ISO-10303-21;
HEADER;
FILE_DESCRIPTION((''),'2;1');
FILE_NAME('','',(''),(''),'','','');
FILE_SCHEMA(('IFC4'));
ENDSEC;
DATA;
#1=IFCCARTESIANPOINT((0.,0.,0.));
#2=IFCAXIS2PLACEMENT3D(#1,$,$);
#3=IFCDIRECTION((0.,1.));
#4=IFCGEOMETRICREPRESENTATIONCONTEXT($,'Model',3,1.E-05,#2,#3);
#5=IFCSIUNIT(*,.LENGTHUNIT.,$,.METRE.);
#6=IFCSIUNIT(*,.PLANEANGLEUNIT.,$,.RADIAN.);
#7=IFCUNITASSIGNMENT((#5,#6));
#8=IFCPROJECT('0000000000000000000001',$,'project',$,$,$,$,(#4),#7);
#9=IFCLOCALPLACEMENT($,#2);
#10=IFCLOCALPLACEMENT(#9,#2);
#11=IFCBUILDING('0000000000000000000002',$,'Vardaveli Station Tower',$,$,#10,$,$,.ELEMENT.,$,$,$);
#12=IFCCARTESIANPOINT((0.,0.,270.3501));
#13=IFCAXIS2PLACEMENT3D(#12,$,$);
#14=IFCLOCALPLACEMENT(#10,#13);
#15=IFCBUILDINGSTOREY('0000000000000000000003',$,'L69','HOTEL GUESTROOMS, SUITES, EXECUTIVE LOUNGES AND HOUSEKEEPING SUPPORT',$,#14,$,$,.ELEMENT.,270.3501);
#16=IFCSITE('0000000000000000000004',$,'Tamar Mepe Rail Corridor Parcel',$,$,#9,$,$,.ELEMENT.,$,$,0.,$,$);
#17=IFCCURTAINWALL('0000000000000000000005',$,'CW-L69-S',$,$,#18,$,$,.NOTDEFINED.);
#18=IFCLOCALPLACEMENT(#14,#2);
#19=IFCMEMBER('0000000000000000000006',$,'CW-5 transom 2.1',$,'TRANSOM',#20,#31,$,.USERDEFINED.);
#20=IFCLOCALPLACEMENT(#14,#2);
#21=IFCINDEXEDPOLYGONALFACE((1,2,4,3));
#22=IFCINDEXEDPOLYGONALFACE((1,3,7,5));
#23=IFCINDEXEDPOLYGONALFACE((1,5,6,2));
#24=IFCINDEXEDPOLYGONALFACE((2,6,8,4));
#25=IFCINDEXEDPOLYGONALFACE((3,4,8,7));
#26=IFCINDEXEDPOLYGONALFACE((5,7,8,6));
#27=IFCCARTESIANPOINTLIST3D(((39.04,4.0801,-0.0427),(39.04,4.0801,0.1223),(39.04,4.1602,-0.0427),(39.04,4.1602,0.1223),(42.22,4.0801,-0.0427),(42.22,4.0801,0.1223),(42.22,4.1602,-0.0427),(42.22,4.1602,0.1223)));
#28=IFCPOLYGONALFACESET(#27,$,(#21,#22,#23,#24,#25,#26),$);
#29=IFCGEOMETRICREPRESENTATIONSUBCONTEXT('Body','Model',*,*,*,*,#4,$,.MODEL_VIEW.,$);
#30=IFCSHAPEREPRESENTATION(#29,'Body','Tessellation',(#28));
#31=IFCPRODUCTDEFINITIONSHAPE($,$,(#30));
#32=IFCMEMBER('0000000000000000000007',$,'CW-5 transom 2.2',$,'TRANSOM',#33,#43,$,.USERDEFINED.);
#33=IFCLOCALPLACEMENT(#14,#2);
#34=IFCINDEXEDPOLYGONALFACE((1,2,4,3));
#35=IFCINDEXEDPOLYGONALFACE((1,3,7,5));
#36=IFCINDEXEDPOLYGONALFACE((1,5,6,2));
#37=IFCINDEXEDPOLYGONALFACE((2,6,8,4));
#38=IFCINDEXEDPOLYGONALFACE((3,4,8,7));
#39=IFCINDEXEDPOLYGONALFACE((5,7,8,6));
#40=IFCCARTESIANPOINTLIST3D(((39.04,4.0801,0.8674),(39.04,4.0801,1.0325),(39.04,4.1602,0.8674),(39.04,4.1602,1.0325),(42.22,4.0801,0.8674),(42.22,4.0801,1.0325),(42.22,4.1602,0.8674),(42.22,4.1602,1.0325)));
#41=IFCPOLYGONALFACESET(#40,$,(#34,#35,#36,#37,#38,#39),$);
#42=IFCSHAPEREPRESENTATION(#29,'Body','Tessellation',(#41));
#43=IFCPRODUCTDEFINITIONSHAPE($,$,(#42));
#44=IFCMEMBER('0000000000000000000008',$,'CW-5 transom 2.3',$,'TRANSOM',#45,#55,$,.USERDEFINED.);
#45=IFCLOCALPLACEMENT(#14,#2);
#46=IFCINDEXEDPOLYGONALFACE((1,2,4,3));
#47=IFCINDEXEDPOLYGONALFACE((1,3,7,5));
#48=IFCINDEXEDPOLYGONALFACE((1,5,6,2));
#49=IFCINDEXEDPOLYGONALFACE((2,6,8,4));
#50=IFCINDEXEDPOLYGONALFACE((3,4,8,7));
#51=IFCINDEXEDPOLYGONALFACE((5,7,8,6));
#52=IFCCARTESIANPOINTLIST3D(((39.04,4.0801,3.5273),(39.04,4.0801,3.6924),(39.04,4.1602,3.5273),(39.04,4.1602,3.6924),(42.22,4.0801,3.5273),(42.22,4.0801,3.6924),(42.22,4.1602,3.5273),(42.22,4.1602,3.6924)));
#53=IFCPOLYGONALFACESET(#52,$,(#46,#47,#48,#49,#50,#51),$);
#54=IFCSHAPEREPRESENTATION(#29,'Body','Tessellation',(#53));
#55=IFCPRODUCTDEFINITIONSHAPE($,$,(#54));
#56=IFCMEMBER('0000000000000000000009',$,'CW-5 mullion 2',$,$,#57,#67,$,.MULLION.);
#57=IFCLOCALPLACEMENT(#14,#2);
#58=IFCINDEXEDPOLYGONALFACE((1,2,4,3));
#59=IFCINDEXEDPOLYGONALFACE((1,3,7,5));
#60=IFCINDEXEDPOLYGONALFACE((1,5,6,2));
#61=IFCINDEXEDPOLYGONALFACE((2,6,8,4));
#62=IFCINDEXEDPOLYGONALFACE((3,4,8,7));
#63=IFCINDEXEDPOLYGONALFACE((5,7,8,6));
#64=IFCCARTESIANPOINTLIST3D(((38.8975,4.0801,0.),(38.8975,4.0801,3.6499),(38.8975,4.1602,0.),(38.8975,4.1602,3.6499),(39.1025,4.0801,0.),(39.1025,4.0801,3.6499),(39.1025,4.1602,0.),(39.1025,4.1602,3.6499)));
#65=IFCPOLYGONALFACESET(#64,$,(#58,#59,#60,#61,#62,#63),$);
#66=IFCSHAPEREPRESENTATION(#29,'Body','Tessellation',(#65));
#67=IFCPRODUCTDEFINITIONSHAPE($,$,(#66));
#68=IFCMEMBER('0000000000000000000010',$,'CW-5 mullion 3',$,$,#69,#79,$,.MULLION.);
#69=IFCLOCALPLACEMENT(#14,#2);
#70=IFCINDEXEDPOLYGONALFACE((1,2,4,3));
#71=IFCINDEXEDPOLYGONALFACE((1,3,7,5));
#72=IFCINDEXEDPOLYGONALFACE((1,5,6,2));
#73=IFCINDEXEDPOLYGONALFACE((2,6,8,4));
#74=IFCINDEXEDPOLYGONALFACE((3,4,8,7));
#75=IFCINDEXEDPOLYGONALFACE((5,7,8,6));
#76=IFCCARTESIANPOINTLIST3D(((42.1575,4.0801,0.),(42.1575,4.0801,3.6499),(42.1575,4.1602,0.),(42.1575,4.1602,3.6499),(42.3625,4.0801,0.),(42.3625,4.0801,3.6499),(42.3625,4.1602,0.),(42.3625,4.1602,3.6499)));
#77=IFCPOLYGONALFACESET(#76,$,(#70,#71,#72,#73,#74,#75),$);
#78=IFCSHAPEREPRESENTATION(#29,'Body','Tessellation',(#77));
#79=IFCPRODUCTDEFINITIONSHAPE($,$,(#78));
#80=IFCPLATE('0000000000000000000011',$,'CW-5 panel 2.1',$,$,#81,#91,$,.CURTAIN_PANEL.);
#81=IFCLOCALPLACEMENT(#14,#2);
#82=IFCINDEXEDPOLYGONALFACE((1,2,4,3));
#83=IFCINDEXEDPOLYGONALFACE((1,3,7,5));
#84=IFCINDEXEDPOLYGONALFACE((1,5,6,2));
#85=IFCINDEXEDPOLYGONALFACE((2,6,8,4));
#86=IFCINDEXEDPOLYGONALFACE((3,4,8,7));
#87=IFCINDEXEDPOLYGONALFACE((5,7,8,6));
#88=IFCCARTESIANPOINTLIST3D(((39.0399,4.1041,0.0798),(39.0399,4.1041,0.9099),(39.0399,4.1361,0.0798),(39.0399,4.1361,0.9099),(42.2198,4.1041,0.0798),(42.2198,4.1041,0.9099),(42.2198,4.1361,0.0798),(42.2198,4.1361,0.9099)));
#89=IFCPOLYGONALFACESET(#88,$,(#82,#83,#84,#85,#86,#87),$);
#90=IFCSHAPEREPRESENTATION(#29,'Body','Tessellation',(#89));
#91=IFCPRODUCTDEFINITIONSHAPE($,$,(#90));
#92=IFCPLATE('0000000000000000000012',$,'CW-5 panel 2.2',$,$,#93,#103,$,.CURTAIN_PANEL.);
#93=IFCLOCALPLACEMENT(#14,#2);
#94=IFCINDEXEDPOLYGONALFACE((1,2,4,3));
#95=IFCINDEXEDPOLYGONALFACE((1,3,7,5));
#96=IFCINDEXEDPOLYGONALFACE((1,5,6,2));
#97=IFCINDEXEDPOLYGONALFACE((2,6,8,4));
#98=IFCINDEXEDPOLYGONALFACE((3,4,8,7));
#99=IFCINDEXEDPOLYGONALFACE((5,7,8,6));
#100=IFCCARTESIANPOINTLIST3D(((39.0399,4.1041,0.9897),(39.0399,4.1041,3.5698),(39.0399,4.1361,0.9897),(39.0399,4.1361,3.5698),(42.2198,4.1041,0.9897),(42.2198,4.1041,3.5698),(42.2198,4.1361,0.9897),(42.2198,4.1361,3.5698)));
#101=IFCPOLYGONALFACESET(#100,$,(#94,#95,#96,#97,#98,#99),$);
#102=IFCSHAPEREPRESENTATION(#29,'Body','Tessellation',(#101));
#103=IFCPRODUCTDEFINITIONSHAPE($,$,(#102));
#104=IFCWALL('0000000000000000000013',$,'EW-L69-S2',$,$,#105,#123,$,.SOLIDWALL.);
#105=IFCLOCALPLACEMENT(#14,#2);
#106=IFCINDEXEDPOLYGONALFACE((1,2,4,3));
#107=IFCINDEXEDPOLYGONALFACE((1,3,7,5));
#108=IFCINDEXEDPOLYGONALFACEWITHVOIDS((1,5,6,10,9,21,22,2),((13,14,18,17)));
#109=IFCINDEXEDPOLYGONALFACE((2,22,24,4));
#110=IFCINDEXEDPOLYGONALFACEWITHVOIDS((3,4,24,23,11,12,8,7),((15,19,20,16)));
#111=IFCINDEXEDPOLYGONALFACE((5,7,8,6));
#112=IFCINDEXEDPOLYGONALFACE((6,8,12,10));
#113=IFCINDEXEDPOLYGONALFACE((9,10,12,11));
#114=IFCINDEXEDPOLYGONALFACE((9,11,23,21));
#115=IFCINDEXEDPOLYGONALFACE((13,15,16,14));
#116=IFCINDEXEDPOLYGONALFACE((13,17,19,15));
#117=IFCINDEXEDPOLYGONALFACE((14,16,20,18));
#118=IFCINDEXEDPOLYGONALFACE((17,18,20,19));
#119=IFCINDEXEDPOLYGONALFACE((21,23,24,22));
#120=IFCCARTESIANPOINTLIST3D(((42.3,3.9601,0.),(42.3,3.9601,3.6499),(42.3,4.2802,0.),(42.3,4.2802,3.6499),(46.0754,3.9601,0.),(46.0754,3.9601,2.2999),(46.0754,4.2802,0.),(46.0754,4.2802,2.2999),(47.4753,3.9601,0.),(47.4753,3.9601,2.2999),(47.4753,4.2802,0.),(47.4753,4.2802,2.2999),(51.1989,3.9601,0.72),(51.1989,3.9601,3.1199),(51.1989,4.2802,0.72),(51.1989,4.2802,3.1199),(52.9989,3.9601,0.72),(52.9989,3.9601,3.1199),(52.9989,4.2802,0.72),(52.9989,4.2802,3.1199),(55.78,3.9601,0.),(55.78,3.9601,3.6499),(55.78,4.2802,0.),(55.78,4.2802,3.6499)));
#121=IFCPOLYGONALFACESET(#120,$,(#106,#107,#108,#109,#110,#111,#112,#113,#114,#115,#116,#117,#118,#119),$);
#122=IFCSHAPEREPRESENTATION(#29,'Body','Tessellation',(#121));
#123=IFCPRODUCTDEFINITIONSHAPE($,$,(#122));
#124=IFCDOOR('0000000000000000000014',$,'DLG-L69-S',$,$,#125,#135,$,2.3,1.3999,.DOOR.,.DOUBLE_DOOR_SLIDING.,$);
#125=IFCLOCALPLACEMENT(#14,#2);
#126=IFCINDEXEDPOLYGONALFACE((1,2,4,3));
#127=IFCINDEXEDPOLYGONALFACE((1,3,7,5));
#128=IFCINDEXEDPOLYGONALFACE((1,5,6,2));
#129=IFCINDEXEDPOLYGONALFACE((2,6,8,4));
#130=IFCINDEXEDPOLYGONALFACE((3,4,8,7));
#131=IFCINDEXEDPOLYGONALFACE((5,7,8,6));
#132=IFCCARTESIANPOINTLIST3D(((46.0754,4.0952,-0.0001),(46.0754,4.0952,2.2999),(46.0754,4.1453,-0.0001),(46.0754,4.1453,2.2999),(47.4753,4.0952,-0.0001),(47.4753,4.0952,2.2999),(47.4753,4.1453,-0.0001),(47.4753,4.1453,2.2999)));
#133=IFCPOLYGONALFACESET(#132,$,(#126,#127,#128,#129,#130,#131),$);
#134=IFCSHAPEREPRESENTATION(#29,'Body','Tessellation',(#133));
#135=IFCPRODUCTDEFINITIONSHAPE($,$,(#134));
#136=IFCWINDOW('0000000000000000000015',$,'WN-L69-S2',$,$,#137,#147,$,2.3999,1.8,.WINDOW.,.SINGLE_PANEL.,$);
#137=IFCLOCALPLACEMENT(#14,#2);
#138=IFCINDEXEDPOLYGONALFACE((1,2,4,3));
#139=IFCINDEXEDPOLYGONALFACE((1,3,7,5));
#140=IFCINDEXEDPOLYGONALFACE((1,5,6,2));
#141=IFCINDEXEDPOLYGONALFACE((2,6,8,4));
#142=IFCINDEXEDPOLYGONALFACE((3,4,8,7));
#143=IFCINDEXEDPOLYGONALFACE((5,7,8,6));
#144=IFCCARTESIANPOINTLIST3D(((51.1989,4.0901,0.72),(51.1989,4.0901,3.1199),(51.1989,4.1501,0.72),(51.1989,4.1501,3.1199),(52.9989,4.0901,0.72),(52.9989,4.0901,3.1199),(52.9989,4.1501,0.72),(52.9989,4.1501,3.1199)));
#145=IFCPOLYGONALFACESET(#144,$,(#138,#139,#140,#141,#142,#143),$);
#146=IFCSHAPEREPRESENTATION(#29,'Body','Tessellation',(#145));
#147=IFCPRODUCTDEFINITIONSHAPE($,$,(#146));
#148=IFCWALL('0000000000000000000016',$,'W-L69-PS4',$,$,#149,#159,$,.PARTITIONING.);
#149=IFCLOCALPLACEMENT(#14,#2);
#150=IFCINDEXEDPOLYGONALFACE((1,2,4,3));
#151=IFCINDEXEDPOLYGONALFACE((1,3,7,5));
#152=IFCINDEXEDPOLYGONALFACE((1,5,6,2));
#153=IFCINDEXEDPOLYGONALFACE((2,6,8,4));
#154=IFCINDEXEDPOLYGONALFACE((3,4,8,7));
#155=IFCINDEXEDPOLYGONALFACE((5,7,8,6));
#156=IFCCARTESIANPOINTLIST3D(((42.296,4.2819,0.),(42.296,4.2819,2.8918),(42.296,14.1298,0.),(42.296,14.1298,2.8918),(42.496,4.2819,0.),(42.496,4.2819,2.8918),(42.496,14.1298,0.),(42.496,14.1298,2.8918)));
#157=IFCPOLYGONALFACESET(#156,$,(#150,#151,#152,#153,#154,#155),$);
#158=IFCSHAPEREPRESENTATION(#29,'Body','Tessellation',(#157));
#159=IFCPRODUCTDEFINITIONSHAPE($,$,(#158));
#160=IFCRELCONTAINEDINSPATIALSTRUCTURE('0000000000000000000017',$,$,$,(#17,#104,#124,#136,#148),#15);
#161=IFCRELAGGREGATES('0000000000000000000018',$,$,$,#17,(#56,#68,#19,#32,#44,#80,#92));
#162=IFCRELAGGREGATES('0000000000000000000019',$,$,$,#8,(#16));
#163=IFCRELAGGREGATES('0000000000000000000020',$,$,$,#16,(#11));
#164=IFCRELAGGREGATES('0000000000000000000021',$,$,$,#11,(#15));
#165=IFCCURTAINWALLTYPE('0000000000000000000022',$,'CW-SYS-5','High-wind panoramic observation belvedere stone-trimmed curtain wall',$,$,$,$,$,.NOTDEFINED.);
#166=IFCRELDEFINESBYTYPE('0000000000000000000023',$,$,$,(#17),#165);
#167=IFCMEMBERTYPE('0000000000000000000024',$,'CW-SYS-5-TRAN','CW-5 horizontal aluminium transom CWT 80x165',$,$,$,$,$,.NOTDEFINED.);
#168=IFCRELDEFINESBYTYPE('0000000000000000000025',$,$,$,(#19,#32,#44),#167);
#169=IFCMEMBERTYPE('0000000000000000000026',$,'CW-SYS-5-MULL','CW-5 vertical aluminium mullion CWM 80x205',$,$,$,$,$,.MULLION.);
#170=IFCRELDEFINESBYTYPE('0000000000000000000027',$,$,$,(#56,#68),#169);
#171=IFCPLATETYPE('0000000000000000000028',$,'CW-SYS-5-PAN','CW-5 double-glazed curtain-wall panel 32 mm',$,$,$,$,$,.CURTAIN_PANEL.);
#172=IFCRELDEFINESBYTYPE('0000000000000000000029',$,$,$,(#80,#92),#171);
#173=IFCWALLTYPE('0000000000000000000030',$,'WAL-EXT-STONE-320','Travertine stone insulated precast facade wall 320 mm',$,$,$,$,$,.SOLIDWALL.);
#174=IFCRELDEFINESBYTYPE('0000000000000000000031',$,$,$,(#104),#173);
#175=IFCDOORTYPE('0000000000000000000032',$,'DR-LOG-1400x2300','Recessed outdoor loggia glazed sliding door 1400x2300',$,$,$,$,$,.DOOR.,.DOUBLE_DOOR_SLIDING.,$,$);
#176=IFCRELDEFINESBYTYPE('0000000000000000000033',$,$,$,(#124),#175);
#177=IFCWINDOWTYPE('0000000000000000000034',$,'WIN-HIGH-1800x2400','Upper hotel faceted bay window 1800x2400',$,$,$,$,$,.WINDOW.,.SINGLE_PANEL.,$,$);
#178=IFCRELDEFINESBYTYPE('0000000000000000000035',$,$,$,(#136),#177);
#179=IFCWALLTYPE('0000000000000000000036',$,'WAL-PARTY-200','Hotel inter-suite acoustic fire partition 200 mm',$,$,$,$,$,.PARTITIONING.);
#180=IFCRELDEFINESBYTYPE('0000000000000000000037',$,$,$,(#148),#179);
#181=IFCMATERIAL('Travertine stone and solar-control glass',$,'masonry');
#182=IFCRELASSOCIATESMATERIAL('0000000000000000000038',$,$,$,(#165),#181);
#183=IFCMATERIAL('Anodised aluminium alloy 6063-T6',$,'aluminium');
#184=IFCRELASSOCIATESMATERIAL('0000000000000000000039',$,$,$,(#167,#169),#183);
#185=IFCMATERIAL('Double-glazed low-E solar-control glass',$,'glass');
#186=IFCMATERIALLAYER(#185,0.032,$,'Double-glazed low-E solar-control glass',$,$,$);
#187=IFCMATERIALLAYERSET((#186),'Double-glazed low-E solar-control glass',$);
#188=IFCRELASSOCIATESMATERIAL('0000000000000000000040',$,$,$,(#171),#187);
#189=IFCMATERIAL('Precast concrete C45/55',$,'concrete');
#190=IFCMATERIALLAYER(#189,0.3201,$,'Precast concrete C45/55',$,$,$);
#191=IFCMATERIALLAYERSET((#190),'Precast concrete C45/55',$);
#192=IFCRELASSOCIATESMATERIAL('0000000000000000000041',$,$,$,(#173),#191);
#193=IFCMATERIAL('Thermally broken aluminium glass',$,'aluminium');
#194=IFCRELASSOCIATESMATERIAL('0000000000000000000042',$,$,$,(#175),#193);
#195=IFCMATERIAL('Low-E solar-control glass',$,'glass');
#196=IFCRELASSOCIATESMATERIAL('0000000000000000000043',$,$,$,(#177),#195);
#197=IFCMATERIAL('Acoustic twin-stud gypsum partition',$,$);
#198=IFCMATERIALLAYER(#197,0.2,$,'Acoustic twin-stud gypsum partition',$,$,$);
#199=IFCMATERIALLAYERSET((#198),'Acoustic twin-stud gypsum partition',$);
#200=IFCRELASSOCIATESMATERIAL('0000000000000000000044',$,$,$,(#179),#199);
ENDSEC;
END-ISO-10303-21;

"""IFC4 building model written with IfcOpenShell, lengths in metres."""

from ifc_helpers import new_model, si_unit, direction, frame, frame_2d, origin, origin_2d, place, context, subcontext, project, spatial, rectangle, extrude, source, transform, mapped, material, layer, layer_set, material_profile, profile_set, type_object, element, fill, aggregate, save


model = new_model("IFC4")

# Units and contexts
model_context = context("Model", 3, precision=1e-05, world=origin(), true_north=direction((0.0, 1.0)))
body_context = subcontext(model_context, "Body", "Model", "MODEL_VIEW")
ifc_project = project(units=[si_unit("LENGTHUNIT", "METRE"), si_unit("PLANEANGLEUNIT", "RADIAN")], contexts=[model_context])

# Site, building, storey
site_placement = place(None, origin())
site = spatial("IfcSite", under=ifc_project, at=site_placement, Name="Tamar Mepe Rail Corridor Parcel", CompositionType="ELEMENT", RefElevation=0.0)
building_placement = place(site_placement, origin())
building = spatial("IfcBuilding", under=site, at=building_placement, Name="Vardaveli Station Tower", CompositionType="ELEMENT")
storey_placement = place(building_placement, frame((0.0, 0.0, 270.3501)))
storey = spatial("IfcBuildingStorey", under=building, at=storey_placement, Name="L69", Description="HOTEL GUESTROOMS, SUITES, EXECUTIVE LOUNGES AND HOUSEKEEPING SUPPORT", CompositionType="ELEMENT", Elevation=270.3501)

# Shared definitions
ifc_material_1 = material(Name="Precast concrete C45/55", Category="concrete")

# Curtain wall, members, plates
ifc_material_2 = material(Name="Travertine stone and solar-control glass", Category="masonry")
curtain_wall_type = type_object("IfcCurtainWallType", Name="CW-SYS-5", Description="High-wind panoramic observation belvedere stone-trimmed curtain wall", PredefinedType="NOTDEFINED", material=ifc_material_2)
curtain_wall_placement = place(storey_placement, origin())
curtain_wall = element("IfcCurtainWall", 1, at=curtain_wall_placement, inside=storey, type_object=curtain_wall_type, Name="CW-L69-S", PredefinedType="NOTDEFINED")
ifc_material_3 = material(Name="Anodised aluminium alloy 6063-T6", Category="aluminium")
ifc_material_profile_1 = material_profile(ifc_material_3, rectangle(XDim=0.0801, YDim=0.165, at=origin_2d()), Name="CWT 80x165")
ifc_profile_set_1 = profile_set([ifc_material_profile_1], Name="Anodised aluminium alloy 6063-T6")
member_type_1 = type_object("IfcMemberType", Name="CW-SYS-5-TRAN", Description="CW-5 horizontal aluminium transom CWT 80x165", PredefinedType="NOTDEFINED", material=ifc_profile_set_1)
shared_shape_1 = source(origin(), body_context, "Body", "SweptSolid", [
    extrude(rectangle(XDim=0.0801, YDim=0.165, at=origin_2d()), origin(), (0.0, 0.0, 1.0), 3.1799),
])
member_1_placement = place(storey_placement, frame((39.04, 4.1201, 0.0398), z_axis=(1.0, 0.0, 0.0), x_axis=(0.0, 1.0, 0.0)))
member_1 = element("IfcMember", 2, at=member_1_placement, type_object=member_type_1, Name="CW-5 transom 2.1", ObjectType="TRANSOM", PredefinedType="USERDEFINED", context=body_context, shape_type="MappedRepresentation", body=[
    mapped(shared_shape_1, transform((0.0, 0.0, 0.0), scale=1.0)),
])
member_2_placement = place(storey_placement, frame((39.04, 4.1201, 0.95), z_axis=(1.0, 0.0, 0.0), x_axis=(0.0, 1.0, 0.0)))
member_2 = element("IfcMember", 3, at=member_2_placement, type_object=member_type_1, Name="CW-5 transom 2.2", ObjectType="TRANSOM", PredefinedType="USERDEFINED", context=body_context, shape_type="MappedRepresentation", body=[
    mapped(shared_shape_1, transform((0.0, 0.0, 0.0), scale=1.0)),
])
member_3_placement = place(storey_placement, frame((39.04, 4.1201, 3.6099), z_axis=(1.0, 0.0, 0.0), x_axis=(0.0, 1.0, 0.0)))
member_3 = element("IfcMember", 4, at=member_3_placement, type_object=member_type_1, Name="CW-5 transom 2.3", ObjectType="TRANSOM", PredefinedType="USERDEFINED", context=body_context, shape_type="MappedRepresentation", body=[
    mapped(shared_shape_1, transform((0.0, 0.0, 0.0), scale=1.0)),
])
ifc_material_profile_2 = material_profile(ifc_material_3, rectangle(XDim=0.0801, YDim=0.2051, at=origin_2d()), Name="CWM 80x205")
ifc_profile_set_2 = profile_set([ifc_material_profile_2], Name="Anodised aluminium alloy 6063-T6")
member_type_2 = type_object("IfcMemberType", Name="CW-SYS-5-MULL", Description="CW-5 vertical aluminium mullion CWM 80x205", PredefinedType="MULLION", material=ifc_profile_set_2)
shared_shape_2 = source(origin(), body_context, "Body", "SweptSolid", [
    extrude(rectangle(XDim=0.0801, YDim=0.2051, at=origin_2d()), origin(), (0.0, 0.0, 1.0), 3.6499),
])
member_4_placement = place(storey_placement, frame((39.0, 4.1201, 0.0), z_axis=(0.0, 0.0, 1.0), x_axis=(0.0, 1.0, 0.0)))
member_4 = element("IfcMember", 5, at=member_4_placement, type_object=member_type_2, Name="CW-5 mullion 2", PredefinedType="MULLION", context=body_context, shape_type="MappedRepresentation", body=[
    mapped(shared_shape_2, transform((0.0, 0.0, 0.0), scale=1.0)),
])
member_5_placement = place(storey_placement, frame((42.26, 4.1201, 0.0), z_axis=(0.0, 0.0, 1.0), x_axis=(0.0, 1.0, 0.0)))
member_5 = element("IfcMember", 6, at=member_5_placement, type_object=member_type_2, Name="CW-5 mullion 3", PredefinedType="MULLION", context=body_context, shape_type="MappedRepresentation", body=[
    mapped(shared_shape_2, transform((0.0, 0.0, 0.0), scale=1.0)),
])
ifc_material_4 = material(Name="Double-glazed low-E solar-control glass", Category="glass")
ifc_layer_1 = layer(ifc_material_4, 0.032, Name="Double-glazed low-E solar-control glass")
ifc_layer_set_1 = layer_set([ifc_layer_1], Name="Double-glazed low-E solar-control glass")
plate_type = type_object("IfcPlateType", Name="CW-SYS-5-PAN", Description="CW-5 double-glazed curtain-wall panel 32 mm", PredefinedType="CURTAIN_PANEL", material=ifc_layer_set_1)
shared_shape_3 = source(origin(), body_context, "Body", "SweptSolid", [
    extrude(rectangle(XDim=3.1799, YDim=0.032, at=origin_2d()), origin(), (0.0, 0.0, 1.0), 0.8301),
])
plate_1_placement = place(storey_placement, frame((40.6299, 4.1201, 0.0798), z_axis=(0.0, 0.0, 1.0), x_axis=(1.0, 0.0, 0.0)))
plate_1 = element("IfcPlate", 7, at=plate_1_placement, type_object=plate_type, Name="CW-5 panel 2.1", PredefinedType="CURTAIN_PANEL", context=body_context, shape_type="MappedRepresentation", body=[
    mapped(shared_shape_3, transform((0.0, 0.0, 0.0), scale=1.0)),
])
shared_shape_4 = source(origin(), body_context, "Body", "SweptSolid", [
    extrude(rectangle(XDim=3.1799, YDim=0.032, at=origin_2d()), origin(), (0.0, 0.0, 1.0), 2.5801),
])
plate_2_placement = place(storey_placement, frame((40.6299, 4.1201, 0.9897), z_axis=(0.0, 0.0, 1.0), x_axis=(1.0, 0.0, 0.0)))
plate_2 = element("IfcPlate", 8, at=plate_2_placement, type_object=plate_type, Name="CW-5 panel 2.2", PredefinedType="CURTAIN_PANEL", context=body_context, shape_type="MappedRepresentation", body=[
    mapped(shared_shape_4, transform((0.0, 0.0, 0.0), scale=1.0)),
])
aggregate(curtain_wall, [member_4, member_5, member_1, member_2, member_3, plate_1, plate_2])

# Wall, openings, door, window
ifc_layer_2 = layer(ifc_material_1, 0.3201, Name="Precast concrete C45/55")
ifc_layer_set_2 = layer_set([ifc_layer_2], Name="Precast concrete C45/55")
wall_type_1 = type_object("IfcWallType", Name="WAL-EXT-STONE-320", Description="Travertine stone insulated precast facade wall 320 mm", PredefinedType="SOLIDWALL", material=ifc_layer_set_2)
shared_shape_5 = source(origin(), body_context, "Body", "SweptSolid", [
    extrude(rectangle(XDim=13.48, YDim=0.3201, at=frame_2d((6.74, 0.0))), origin(), (0.0, 0.0, 1.0), 3.6499),
])
wall_1_placement = place(storey_placement, frame((42.3, 4.1201, 0.0), z_axis=(0.0, 0.0, 1.0), x_axis=(1.0, 0.0, 0.0)))
wall_1 = element("IfcWall", 9, at=wall_1_placement, inside=storey, type_object=wall_type_1, Name="EW-L69-S2", PredefinedType="SOLIDWALL", context=body_context, shape_type="MappedRepresentation", body=[
    mapped(shared_shape_5, transform((0.0, 0.0, 0.0), scale=1.0)),
])
shared_shape_6 = source(origin(), body_context, "Body", "SweptSolid", [
    extrude(rectangle(XDim=1.3999, YDim=2.3, at=frame_2d((0.7, 1.1499))), frame((0.0, 0.1699, 0.0), z_axis=(0.0, -1.0, 0.0), x_axis=(1.0, 0.0, 0.0)), (0.0, 0.0, 1.0), 0.3401),
])
opening_1_placement = place(wall_1_placement, frame((3.7754, 0.0, 0.0)))
opening_1 = element("IfcOpeningElement", 10, at=opening_1_placement, cuts=wall_1, PredefinedType="OPENING", context=body_context, shape_type="MappedRepresentation", body=[
    mapped(shared_shape_6, transform((0.0, 0.0, 0.0), scale=1.0)),
])
shared_shape_7 = source(origin(), body_context, "Body", "SweptSolid", [
    extrude(rectangle(XDim=1.8, YDim=2.3999, at=frame_2d((0.8999, 1.2))), frame((0.0, 0.1699, 0.0), z_axis=(0.0, -1.0, 0.0), x_axis=(1.0, 0.0, 0.0)), (0.0, 0.0, 1.0), 0.3401),
])
opening_2_placement = place(wall_1_placement, frame((8.8989, 0.0, 0.72)))
opening_2 = element("IfcOpeningElement", 11, at=opening_2_placement, cuts=wall_1, PredefinedType="OPENING", context=body_context, shape_type="MappedRepresentation", body=[
    mapped(shared_shape_7, transform((0.0, 0.0, 0.0), scale=1.0)),
])
ifc_material_5 = material(Name="Thermally broken aluminium glass", Category="aluminium")
door_type = type_object("IfcDoorType", Name="DR-LOG-1400x2300", Description="Recessed outdoor loggia glazed sliding door 1400x2300", OperationType="DOUBLE_DOOR_SLIDING", PredefinedType="DOOR", material=ifc_material_5)
shared_shape_8 = source(origin(), body_context, "Body", "SweptSolid", [
    extrude(rectangle(XDim=1.3999, YDim=2.3, at=frame_2d((0.7, 1.1499))), frame((0.0, 0.0249, 0.0), z_axis=(0.0, -1.0, 0.0), x_axis=(1.0, 0.0, 0.0)), (0.0, 0.0, 1.0), 0.05),
])
door_placement = place(opening_1_placement, frame((1.3999, 0.0, 0.0), z_axis=(0.0, 0.0, 1.0), x_axis=(-1.0, 0.0, 0.0)))
door = element("IfcDoor", 12, at=door_placement, inside=storey, type_object=door_type, Name="DLG-L69-S", OperationType="DOUBLE_DOOR_SLIDING", OverallHeight=2.3, OverallWidth=1.3999, PredefinedType="DOOR", context=body_context, shape_type="MappedRepresentation", body=[
    mapped(shared_shape_8, transform((0.0, 0.0, 0.0), scale=1.0)),
])
fill(opening_1, door)
ifc_material_6 = material(Name="Low-E solar-control glass", Category="glass")
window_type = type_object("IfcWindowType", Name="WIN-HIGH-1800x2400", Description="Upper hotel faceted bay window 1800x2400", PartitioningType="SINGLE_PANEL", PredefinedType="WINDOW", material=ifc_material_6)
shared_shape_9 = source(origin(), body_context, "Body", "SweptSolid", [
    extrude(rectangle(XDim=1.8, YDim=2.3999, at=frame_2d((0.8999, 1.2))), frame((0.0, 0.03, 0.0), z_axis=(0.0, -1.0, 0.0), x_axis=(1.0, 0.0, 0.0)), (0.0, 0.0, 1.0), 0.0601),
])
window_placement = place(opening_2_placement, origin())
window = element("IfcWindow", 13, at=window_placement, inside=storey, type_object=window_type, Name="WN-L69-S2", OverallHeight=2.3999, OverallWidth=1.8, PartitioningType="SINGLE_PANEL", PredefinedType="WINDOW", context=body_context, shape_type="MappedRepresentation", body=[
    mapped(shared_shape_9, transform((0.0, 0.0, 0.0), scale=1.0)),
])
fill(opening_2, window)

# Wall
ifc_material_7 = material(Name="Acoustic twin-stud gypsum partition")
ifc_layer_3 = layer(ifc_material_7, 0.2, Name="Acoustic twin-stud gypsum partition")
ifc_layer_set_3 = layer_set([ifc_layer_3], Name="Acoustic twin-stud gypsum partition")
wall_type_2 = type_object("IfcWallType", Name="WAL-PARTY-200", Description="Hotel inter-suite acoustic fire partition 200 mm", PredefinedType="PARTITIONING", material=ifc_layer_set_3)
shared_shape_10 = source(origin(), body_context, "Body", "SweptSolid", [
    extrude(rectangle(XDim=9.8479, YDim=0.2, at=frame_2d((4.9238, 0.0))), origin(), (0.0, 0.0, 1.0), 2.8918),
])
wall_2_placement = place(storey_placement, frame((42.396, 4.282, 0.0), z_axis=(0.0, 0.0, 1.0), x_axis=(0.0, 1.0, 0.0)))
element("IfcWall", 14, at=wall_2_placement, inside=storey, type_object=wall_type_2, Name="W-L69-PS4", PredefinedType="PARTITIONING", context=body_context, shape_type="MappedRepresentation", body=[
    mapped(shared_shape_10, transform((0.0, 0.0, 0.0), scale=1.0)),
])

save(model, "model.ifc")
